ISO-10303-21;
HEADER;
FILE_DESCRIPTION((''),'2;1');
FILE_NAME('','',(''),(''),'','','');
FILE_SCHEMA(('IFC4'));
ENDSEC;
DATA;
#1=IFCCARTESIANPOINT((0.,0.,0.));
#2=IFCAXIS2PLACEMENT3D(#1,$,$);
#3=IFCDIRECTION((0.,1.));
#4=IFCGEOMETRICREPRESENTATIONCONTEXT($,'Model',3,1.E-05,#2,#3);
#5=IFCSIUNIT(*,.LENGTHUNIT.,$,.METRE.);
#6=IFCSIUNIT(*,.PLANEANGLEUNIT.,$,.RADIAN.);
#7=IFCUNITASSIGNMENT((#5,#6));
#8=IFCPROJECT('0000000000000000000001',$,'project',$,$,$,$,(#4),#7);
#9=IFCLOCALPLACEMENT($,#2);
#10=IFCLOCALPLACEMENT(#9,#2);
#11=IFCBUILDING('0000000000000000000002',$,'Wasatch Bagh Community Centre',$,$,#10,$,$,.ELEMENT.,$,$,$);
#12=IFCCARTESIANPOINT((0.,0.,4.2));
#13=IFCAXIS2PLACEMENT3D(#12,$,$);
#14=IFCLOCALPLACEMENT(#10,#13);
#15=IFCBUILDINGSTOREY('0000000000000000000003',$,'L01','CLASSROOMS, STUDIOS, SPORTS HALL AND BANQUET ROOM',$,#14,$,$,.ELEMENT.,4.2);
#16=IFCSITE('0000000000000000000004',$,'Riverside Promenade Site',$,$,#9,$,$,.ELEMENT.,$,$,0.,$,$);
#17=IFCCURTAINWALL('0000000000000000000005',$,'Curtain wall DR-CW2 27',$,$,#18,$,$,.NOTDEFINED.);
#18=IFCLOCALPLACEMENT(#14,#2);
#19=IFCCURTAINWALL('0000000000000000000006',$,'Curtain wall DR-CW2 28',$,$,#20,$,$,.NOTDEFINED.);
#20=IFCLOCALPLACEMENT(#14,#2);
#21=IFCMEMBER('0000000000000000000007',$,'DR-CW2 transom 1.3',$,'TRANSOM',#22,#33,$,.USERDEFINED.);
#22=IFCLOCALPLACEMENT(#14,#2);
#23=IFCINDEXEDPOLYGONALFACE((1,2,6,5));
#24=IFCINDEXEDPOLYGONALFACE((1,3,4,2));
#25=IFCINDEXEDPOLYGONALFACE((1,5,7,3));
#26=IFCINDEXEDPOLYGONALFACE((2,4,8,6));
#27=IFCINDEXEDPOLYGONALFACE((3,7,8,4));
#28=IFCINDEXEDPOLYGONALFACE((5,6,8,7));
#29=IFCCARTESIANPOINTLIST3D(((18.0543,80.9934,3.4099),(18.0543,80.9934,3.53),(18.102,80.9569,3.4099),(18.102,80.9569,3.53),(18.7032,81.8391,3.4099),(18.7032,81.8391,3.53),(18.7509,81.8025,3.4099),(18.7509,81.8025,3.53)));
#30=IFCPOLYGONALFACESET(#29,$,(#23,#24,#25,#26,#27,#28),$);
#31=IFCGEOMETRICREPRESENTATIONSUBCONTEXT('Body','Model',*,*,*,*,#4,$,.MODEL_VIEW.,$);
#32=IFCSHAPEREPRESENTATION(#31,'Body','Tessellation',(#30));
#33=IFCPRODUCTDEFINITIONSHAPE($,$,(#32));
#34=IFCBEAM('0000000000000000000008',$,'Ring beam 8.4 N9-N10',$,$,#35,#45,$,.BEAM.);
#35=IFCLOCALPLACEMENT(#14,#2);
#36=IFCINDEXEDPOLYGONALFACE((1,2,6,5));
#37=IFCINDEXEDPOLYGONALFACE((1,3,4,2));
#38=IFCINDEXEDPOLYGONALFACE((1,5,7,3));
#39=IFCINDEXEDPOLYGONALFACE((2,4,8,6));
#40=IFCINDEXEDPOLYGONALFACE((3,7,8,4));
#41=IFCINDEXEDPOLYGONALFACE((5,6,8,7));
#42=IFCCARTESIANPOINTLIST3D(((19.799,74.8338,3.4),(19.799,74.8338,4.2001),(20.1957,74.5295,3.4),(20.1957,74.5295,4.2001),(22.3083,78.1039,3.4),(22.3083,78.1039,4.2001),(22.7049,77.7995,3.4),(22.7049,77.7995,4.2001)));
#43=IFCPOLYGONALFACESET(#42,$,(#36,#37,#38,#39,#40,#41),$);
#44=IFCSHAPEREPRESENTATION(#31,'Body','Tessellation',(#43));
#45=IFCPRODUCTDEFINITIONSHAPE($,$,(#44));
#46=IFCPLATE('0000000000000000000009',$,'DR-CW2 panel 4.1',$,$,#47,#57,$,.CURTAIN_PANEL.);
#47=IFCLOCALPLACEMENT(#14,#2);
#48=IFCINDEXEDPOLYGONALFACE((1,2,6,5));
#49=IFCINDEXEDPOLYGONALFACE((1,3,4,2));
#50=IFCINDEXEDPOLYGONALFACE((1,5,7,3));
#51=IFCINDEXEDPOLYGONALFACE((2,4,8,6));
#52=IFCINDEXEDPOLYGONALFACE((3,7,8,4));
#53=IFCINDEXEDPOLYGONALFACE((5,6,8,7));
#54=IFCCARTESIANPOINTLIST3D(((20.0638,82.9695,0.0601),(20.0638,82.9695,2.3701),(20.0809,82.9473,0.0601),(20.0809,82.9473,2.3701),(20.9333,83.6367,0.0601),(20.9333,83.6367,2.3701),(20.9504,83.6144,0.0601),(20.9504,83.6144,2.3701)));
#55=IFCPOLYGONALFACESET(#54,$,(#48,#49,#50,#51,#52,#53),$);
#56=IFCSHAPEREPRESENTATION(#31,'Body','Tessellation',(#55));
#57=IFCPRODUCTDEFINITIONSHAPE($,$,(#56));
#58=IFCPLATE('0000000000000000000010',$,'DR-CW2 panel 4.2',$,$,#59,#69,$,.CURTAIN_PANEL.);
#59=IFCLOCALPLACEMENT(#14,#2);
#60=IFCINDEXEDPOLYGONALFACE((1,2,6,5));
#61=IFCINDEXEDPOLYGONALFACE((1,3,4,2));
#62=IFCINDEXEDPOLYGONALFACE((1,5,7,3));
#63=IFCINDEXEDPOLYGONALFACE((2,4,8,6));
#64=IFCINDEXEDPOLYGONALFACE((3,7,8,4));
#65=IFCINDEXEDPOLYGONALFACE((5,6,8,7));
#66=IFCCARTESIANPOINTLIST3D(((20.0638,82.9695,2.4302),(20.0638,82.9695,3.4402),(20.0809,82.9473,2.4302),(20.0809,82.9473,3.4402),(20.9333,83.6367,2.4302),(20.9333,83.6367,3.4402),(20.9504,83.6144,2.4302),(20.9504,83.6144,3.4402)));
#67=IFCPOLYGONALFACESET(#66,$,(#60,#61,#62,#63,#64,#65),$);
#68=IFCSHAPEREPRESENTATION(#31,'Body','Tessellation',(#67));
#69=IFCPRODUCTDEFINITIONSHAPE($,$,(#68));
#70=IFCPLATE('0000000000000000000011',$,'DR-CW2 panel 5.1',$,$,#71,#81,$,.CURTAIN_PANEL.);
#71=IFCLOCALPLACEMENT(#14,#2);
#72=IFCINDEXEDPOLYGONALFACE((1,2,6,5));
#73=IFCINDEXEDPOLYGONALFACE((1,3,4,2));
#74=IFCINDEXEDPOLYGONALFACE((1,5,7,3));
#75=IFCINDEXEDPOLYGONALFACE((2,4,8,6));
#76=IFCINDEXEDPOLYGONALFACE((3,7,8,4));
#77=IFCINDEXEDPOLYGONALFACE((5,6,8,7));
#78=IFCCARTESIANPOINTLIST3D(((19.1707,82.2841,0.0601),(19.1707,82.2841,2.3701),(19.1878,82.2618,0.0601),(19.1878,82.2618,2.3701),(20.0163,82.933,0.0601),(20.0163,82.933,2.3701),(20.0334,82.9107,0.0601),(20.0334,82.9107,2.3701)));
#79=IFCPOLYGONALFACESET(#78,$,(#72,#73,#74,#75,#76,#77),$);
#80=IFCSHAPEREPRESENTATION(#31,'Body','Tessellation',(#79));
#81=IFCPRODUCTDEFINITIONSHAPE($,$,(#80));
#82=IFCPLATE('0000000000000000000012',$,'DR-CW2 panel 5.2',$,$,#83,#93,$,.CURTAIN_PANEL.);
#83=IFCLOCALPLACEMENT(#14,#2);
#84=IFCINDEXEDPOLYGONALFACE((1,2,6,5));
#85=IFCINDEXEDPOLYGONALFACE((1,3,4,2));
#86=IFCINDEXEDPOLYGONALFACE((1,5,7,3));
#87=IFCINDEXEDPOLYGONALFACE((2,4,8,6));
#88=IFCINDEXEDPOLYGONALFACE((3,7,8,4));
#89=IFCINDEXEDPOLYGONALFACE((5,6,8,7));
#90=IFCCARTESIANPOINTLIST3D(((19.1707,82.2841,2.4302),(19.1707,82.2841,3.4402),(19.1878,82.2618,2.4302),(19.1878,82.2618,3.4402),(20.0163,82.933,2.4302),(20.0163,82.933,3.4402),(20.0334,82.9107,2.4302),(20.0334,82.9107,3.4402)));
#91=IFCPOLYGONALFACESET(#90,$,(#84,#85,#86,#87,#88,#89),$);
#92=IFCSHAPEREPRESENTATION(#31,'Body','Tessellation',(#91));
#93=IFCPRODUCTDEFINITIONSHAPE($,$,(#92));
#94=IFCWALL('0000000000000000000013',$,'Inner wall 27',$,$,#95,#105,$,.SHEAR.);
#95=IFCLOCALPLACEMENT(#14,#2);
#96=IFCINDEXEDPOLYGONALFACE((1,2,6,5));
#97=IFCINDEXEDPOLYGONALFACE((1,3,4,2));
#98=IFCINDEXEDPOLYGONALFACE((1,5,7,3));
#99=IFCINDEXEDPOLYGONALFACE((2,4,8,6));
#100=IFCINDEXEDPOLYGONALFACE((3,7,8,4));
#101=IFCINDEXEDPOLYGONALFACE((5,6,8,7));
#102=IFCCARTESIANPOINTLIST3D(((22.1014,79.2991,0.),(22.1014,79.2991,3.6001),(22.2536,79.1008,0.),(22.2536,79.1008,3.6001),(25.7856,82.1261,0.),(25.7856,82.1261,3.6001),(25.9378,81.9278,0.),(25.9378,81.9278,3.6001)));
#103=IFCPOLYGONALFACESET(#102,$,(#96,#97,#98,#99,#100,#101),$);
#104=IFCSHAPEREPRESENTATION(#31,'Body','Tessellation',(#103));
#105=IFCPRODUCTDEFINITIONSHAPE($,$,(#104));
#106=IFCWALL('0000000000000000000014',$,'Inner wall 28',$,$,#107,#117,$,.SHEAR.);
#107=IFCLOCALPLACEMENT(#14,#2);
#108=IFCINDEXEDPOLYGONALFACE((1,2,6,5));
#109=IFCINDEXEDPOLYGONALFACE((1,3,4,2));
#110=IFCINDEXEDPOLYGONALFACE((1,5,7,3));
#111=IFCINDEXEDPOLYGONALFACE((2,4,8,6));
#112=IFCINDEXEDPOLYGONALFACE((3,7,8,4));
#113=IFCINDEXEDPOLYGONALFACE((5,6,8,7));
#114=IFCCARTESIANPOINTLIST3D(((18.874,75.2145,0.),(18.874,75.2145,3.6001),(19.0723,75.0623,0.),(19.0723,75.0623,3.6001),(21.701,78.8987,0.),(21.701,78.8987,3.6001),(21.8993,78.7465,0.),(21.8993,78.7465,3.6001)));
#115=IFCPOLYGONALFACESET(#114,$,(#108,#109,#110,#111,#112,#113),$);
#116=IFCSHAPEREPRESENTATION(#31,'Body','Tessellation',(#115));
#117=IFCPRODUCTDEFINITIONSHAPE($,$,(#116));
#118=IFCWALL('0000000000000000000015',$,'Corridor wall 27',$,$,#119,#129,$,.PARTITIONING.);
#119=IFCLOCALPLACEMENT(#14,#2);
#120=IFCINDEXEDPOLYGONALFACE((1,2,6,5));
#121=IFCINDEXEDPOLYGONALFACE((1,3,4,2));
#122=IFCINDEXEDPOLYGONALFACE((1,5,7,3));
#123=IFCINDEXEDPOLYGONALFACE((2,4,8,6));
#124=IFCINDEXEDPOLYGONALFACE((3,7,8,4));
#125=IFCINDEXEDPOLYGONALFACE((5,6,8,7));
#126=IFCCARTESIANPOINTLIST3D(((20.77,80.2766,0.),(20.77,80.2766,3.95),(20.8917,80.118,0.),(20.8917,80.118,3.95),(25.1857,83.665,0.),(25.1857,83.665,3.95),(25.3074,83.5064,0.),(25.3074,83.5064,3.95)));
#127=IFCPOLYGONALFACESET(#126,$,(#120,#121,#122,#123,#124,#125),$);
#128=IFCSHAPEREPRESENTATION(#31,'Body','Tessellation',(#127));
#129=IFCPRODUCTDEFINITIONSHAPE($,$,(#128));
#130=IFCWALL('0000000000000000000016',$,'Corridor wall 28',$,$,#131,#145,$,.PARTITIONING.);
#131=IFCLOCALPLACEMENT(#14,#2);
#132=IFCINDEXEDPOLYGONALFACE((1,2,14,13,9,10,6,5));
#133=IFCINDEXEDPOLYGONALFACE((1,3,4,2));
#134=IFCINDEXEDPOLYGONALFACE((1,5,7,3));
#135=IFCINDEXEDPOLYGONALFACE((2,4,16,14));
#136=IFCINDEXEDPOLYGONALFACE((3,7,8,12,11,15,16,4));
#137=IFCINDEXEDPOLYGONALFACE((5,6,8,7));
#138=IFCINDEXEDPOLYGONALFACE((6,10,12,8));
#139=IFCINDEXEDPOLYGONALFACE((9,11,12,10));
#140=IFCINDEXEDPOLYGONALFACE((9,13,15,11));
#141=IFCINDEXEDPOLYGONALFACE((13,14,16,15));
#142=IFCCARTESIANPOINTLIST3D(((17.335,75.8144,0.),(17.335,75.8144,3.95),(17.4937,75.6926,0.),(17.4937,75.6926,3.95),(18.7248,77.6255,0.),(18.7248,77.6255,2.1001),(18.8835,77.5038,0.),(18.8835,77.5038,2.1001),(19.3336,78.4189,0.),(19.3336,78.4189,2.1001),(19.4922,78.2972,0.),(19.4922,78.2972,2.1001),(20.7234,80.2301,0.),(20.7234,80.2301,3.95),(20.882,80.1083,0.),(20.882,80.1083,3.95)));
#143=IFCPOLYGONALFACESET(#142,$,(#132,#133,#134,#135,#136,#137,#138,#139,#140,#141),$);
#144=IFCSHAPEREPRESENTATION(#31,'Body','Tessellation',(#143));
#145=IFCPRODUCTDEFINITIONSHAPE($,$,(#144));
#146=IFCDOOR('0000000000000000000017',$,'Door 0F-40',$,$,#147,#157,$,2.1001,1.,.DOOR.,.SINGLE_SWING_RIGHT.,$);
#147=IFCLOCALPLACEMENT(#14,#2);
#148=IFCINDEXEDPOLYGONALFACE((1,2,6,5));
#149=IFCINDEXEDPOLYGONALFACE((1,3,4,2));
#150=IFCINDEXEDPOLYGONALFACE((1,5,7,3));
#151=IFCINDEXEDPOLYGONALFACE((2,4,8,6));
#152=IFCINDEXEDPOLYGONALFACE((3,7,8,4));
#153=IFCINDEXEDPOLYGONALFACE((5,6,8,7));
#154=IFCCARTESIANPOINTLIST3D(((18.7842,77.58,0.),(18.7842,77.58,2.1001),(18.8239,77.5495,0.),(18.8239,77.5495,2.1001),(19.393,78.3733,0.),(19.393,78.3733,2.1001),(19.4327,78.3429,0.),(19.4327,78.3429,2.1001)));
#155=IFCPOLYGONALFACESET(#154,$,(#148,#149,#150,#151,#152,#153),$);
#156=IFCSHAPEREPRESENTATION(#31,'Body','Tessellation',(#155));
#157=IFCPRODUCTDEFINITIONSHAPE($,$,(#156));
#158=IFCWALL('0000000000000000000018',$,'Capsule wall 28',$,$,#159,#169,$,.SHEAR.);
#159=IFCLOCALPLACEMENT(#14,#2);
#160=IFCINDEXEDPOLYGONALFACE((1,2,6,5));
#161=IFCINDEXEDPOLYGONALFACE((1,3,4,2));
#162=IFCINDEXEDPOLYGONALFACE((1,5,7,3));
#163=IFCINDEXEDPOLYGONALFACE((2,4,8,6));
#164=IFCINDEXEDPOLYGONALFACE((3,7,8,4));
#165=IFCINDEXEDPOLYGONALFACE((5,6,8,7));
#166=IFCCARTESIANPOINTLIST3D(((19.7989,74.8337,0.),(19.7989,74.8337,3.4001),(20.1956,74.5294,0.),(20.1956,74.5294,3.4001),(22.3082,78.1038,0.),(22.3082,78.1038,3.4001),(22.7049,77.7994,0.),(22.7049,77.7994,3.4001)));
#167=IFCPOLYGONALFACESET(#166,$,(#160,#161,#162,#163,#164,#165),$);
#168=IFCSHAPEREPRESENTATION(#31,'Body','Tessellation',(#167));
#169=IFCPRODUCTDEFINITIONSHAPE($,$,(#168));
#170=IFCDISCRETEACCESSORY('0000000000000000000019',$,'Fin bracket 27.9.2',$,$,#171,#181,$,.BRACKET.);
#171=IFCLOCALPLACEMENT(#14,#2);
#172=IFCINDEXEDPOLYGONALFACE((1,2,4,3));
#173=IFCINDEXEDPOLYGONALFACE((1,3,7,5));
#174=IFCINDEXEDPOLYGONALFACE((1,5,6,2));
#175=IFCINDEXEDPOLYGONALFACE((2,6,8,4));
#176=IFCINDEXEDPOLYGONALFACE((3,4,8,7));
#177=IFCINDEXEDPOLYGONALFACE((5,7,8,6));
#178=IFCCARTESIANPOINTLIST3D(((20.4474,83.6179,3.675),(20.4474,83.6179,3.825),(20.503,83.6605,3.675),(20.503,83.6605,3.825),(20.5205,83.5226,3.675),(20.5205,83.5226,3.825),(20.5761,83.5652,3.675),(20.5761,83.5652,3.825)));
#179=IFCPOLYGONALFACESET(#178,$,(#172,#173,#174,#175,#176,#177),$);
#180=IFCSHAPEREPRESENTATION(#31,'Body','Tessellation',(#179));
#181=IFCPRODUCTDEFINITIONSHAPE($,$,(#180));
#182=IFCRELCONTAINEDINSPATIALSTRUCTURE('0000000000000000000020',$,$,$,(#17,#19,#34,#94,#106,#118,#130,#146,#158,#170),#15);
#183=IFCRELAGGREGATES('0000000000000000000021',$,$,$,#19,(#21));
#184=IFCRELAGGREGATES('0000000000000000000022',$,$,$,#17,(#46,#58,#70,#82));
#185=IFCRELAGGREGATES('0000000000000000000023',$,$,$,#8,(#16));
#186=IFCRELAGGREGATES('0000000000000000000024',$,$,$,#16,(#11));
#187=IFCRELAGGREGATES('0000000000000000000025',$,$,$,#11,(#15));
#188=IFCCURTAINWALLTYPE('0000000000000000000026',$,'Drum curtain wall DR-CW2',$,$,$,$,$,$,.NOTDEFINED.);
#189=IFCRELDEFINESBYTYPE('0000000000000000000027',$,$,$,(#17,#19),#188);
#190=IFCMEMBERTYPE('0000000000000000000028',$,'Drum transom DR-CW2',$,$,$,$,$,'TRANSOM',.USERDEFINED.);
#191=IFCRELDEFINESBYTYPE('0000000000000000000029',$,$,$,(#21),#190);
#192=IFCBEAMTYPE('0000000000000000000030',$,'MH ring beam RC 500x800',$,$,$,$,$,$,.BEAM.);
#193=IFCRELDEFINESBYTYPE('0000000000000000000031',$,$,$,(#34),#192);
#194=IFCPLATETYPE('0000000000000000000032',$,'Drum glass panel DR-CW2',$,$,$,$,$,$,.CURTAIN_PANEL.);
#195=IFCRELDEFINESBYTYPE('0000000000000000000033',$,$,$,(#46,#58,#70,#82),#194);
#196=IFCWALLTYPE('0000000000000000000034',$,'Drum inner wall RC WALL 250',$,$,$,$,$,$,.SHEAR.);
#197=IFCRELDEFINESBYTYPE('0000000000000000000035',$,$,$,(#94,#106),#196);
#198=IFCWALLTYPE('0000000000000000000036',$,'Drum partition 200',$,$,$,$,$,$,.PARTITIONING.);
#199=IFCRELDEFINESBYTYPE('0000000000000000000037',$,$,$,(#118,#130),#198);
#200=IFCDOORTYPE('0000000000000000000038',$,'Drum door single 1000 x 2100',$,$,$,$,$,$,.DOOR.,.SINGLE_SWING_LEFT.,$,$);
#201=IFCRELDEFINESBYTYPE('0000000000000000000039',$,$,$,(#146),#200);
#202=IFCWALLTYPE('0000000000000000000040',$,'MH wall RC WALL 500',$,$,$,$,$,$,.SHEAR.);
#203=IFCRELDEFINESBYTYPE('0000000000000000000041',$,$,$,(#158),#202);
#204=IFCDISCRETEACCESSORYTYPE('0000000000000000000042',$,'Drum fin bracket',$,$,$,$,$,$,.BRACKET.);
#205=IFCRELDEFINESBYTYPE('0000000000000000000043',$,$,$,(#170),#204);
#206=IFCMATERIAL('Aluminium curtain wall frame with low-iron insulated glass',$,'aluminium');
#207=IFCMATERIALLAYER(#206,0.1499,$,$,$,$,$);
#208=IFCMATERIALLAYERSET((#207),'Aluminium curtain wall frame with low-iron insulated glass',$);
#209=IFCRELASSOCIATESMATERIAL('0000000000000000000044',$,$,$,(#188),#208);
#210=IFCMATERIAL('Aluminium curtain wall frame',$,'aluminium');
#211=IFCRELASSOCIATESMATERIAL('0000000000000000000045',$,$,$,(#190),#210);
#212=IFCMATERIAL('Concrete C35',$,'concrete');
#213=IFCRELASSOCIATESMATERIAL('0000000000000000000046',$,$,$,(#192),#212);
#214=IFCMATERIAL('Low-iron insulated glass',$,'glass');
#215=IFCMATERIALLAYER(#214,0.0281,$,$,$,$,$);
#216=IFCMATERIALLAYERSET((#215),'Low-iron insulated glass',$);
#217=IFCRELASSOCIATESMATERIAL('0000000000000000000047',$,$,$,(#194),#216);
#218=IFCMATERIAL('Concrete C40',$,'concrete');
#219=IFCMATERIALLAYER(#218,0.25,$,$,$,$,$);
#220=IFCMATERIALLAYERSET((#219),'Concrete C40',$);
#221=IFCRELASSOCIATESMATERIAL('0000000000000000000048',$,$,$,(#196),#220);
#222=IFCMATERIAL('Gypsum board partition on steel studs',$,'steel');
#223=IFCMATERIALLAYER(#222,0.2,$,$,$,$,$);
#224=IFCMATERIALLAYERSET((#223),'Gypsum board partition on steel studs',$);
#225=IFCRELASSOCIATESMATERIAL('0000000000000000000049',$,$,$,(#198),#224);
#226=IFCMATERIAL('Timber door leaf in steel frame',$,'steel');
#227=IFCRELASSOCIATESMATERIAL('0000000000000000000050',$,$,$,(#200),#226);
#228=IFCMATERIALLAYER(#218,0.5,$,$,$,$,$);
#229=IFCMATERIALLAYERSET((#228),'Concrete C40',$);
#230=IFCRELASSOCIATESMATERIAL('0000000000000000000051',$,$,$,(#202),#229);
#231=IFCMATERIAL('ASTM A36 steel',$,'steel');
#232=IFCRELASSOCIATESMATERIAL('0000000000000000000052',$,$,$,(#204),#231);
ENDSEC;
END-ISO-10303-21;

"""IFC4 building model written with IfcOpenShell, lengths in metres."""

from ifc_helpers import new_model, si_unit, direction, frame, frame_2d, origin, origin_2d, place, context, subcontext, project, spatial, rectangle, extrude, material, layer, layer_set, material_profile, profile_set, type_object, element, fill, aggregate, save


model = new_model("IFC4")

# Units and contexts
model_context = context("Model", 3, precision=1e-05, world=origin(), true_north=direction((0.0, 1.0)))
body_context = subcontext(model_context, "Body", "Model", "MODEL_VIEW")
ifc_project = project(units=[si_unit("LENGTHUNIT", "METRE"), si_unit("PLANEANGLEUNIT", "RADIAN")], contexts=[model_context])

# Site, building, storey
site_placement = place(None, origin())
site = spatial("IfcSite", under=ifc_project, at=site_placement, Name="Riverside Promenade Site", CompositionType="ELEMENT", RefElevation=0.0)
building_placement = place(site_placement, origin())
building = spatial("IfcBuilding", under=site, at=building_placement, Name="Wasatch Bagh Community Centre", CompositionType="ELEMENT")
storey_placement = place(building_placement, frame((0.0, 0.0, 4.2)))
storey = spatial("IfcBuildingStorey", under=building, at=storey_placement, Name="L01", Description="CLASSROOMS, STUDIOS, SPORTS HALL AND BANQUET ROOM", CompositionType="ELEMENT", Elevation=4.2)

# Shared definitions
ifc_material_1 = material(Name="Concrete C40", Category="concrete")

# Curtain wall
ifc_material_2 = material(Name="Aluminium curtain wall frame with low-iron insulated glass", Category="aluminium")
ifc_layer_1 = layer(ifc_material_2, 0.1499)
ifc_layer_set_1 = layer_set([ifc_layer_1], Name="Aluminium curtain wall frame with low-iron insulated glass")
curtain_wall_type = type_object("IfcCurtainWallType", Name="Drum curtain wall DR-CW2", PredefinedType="NOTDEFINED", material=ifc_layer_set_1)
curtain_wall_1_placement = place(storey_placement, origin())
curtain_wall_1 = element("IfcCurtainWall", 1, at=curtain_wall_1_placement, inside=storey, type_object=curtain_wall_type, Name="Curtain wall DR-CW2 27", PredefinedType="NOTDEFINED")
ifc_material_3 = material(Name="Aluminium curtain wall frame", Category="aluminium")

# Curtain wall
curtain_wall_2_placement = place(storey_placement, origin())
curtain_wall_2 = element("IfcCurtainWall", 2, at=curtain_wall_2_placement, inside=storey, type_object=curtain_wall_type, Name="Curtain wall DR-CW2 28", PredefinedType="NOTDEFINED")

# Shared definitions
ifc_material_4 = material(Name="Concrete C35", Category="concrete")

# Member
ifc_material_profile_1 = material_profile(ifc_material_3, rectangle(XDim=0.0601, YDim=0.1201, at=origin_2d()), Name="Drum transom DR-CW2")
ifc_profile_set_1 = profile_set([ifc_material_profile_1], Name="Aluminium curtain wall frame")
member_type_1 = type_object("IfcMemberType", Name="Drum transom DR-CW2", ElementType="TRANSOM", PredefinedType="USERDEFINED", material=ifc_profile_set_1)
member_1_placement = place(storey_placement, frame((18.7271, 81.8208, 3.47), z_axis=(-0.608758, -0.793356, 0.0), x_axis=(0.793356, -0.608758, 0.0)))
member_1 = element("IfcMember", 3, at=member_1_placement, type_object=member_type_1, Name="DR-CW2 transom 1.3", ObjectType="TRANSOM", PredefinedType="USERDEFINED", context=body_context, shape_type="SweptSolid", body=[
    extrude(rectangle(XDim=0.0601, YDim=0.1201, at=origin_2d()), origin(), (0.0, 0.0, 1.0), 1.0659),
])
aggregate(curtain_wall_2, [member_1])

# Beam
ifc_material_profile_2 = material_profile(ifc_material_4, rectangle(XDim=0.5, YDim=0.8, at=origin_2d()), Name="RC 500x800")
ifc_profile_set_2 = profile_set([ifc_material_profile_2], Name="Concrete C35")
beam_type_1 = type_object("IfcBeamType", Name="MH ring beam RC 500x800", PredefinedType="BEAM", material=ifc_profile_set_2)
beam_1_placement = place(storey_placement, frame((22.5066, 77.9517, 3.8), z_axis=(-0.608777, -0.793341, 0.0), x_axis=(0.793341, -0.608777, 0.0)))
element("IfcBeam", 4, at=beam_1_placement, inside=storey, type_object=beam_type_1, Name="Ring beam 8.4 N9-N10", PredefinedType="BEAM", context=body_context, shape_type="SweptSolid", body=[
    extrude(rectangle(XDim=0.5, YDim=0.8, at=origin_2d()), origin(), (0.0, 0.0, 1.0), 4.1218),
])

# Plates
ifc_material_5 = material(Name="Low-iron insulated glass", Category="glass")
ifc_layer_2 = layer(ifc_material_5, 0.0281)
ifc_layer_set_2 = layer_set([ifc_layer_2], Name="Low-iron insulated glass")
plate_type = type_object("IfcPlateType", Name="Drum glass panel DR-CW2", PredefinedType="CURTAIN_PANEL", material=ifc_layer_set_2)
plate_1_placement = place(storey_placement, frame((20.5071, 83.292, 0.0601), z_axis=(0.0, 0.0, 1.0), x_axis=(-0.793353, -0.608761, 0.0)))
plate_1 = element("IfcPlate", 5, at=plate_1_placement, type_object=plate_type, Name="DR-CW2 panel 4.1", PredefinedType="CURTAIN_PANEL", context=body_context, shape_type="SweptSolid", body=[
    extrude(rectangle(XDim=1.0959, YDim=0.0281, at=origin_2d()), origin(), (0.0, 0.0, 1.0), 2.3101),
])
plate_2_placement = place(storey_placement, frame((20.5071, 83.292, 2.4302), z_axis=(0.0, 0.0, 1.0), x_axis=(-0.793353, -0.608761, 0.0)))
plate_2 = element("IfcPlate", 6, at=plate_2_placement, type_object=plate_type, Name="DR-CW2 panel 4.2", PredefinedType="CURTAIN_PANEL", context=body_context, shape_type="SweptSolid", body=[
    extrude(rectangle(XDim=1.0959, YDim=0.0281, at=origin_2d()), origin(), (0.0, 0.0, 1.0), 1.01),
])
plate_3_placement = place(storey_placement, frame((19.6021, 82.5974, 0.0601), z_axis=(0.0, 0.0, 1.0), x_axis=(-0.793353, -0.608761, 0.0)))
plate_3 = element("IfcPlate", 7, at=plate_3_placement, type_object=plate_type, Name="DR-CW2 panel 5.1", PredefinedType="CURTAIN_PANEL", context=body_context, shape_type="SweptSolid", body=[
    extrude(rectangle(XDim=1.0659, YDim=0.0281, at=origin_2d()), origin(), (0.0, 0.0, 1.0), 2.3101),
])
plate_4_placement = place(storey_placement, frame((19.6021, 82.5974, 2.4302), z_axis=(0.0, 0.0, 1.0), x_axis=(-0.793353, -0.608761, 0.0)))
plate_4 = element("IfcPlate", 8, at=plate_4_placement, type_object=plate_type, Name="DR-CW2 panel 5.2", PredefinedType="CURTAIN_PANEL", context=body_context, shape_type="SweptSolid", body=[
    extrude(rectangle(XDim=1.0659, YDim=0.0281, at=origin_2d()), origin(), (0.0, 0.0, 1.0), 1.01),
])
aggregate(curtain_wall_1, [plate_1, plate_2, plate_3, plate_4])

# Walls
ifc_layer_3 = layer(ifc_material_1, 0.25)
ifc_layer_set_3 = layer_set([ifc_layer_3], Name="Concrete C40")
wall_type_1 = type_object("IfcWallType", Name="Drum inner wall RC WALL 250", PredefinedType="SHEAR", material=ifc_layer_set_3)
for number, where, z_axis, x_axis, name in (
    (9, (25.8616, 82.0269, 0.0), (0.0, 0.0, 1.0), (-0.793352, -0.608763, 0.0), "Inner wall 27"),
    (10, (21.8, 78.8225, 0.0), (0.0, 0.0, 1.0), (-0.608763, -0.793352, 0.0), "Inner wall 28"),
):
    element("IfcWall", number, at=place(storey_placement, frame(where, z_axis=z_axis, x_axis=x_axis)), inside=storey, type_object=wall_type_1, Name=name, PredefinedType="SHEAR", context=body_context, shape_type="SweptSolid", body=[
        extrude(rectangle(XDim=4.6438, YDim=0.25, at=frame_2d((2.3218, 0.0))), origin(), (0.0, 0.0, 1.0), 3.6001),
    ])
ifc_material_6 = material(Name="Gypsum board partition on steel studs", Category="steel")
ifc_layer_4 = layer(ifc_material_6, 0.2)
ifc_layer_set_4 = layer_set([ifc_layer_4], Name="Gypsum board partition on steel studs")
wall_type_2 = type_object("IfcWallType", Name="Drum partition 200", PredefinedType="PARTITIONING", material=ifc_layer_set_4)
wall_1_placement = place(storey_placement, frame((25.2466, 83.5857, 0.0), z_axis=(0.0, 0.0, 1.0), x_axis=(-0.793346, -0.608771, 0.0)))
element("IfcWall", 11, at=wall_1_placement, inside=storey, type_object=wall_type_2, Name="Corridor wall 27", PredefinedType="PARTITIONING", context=body_context, shape_type="SweptSolid", body=[
    extrude(rectangle(XDim=5.5659, YDim=0.2, at=frame_2d((2.783, 0.0))), origin(), (0.0, 0.0, 1.0), 3.95),
])

# Wall, opening, door
wall_2_placement = place(storey_placement, frame((20.8027, 80.1692, 0.0), z_axis=(0.0, 0.0, 1.0), x_axis=(-0.608771, -0.793346, 0.0)))
wall_2 = element("IfcWall", 12, at=wall_2_placement, inside=storey, type_object=wall_type_2, Name="Corridor wall 28", PredefinedType="PARTITIONING", context=body_context, shape_type="SweptSolid", body=[
    extrude(rectangle(XDim=5.5659, YDim=0.2, at=frame_2d((2.783, 0.0))), origin(), (0.0, 0.0, 1.0), 3.95),
])
opening_placement = place(wall_2_placement, frame((2.283, 0.0, 0.0)))
opening = element("IfcOpeningElement", 13, at=opening_placement, cuts=wall_2, PredefinedType="OPENING", context=body_context, shape_type="SweptSolid", body=[
    extrude(rectangle(XDim=1.0, YDim=2.1001, at=frame_2d((0.5, 1.05))), frame((0.0, 0.1099, 0.0), z_axis=(0.0, -1.0, 0.0), x_axis=(1.0, 0.0, 0.0)), (0.0, 0.0, 1.0), 0.22),
])
ifc_material_7 = material(Name="Timber door leaf in steel frame", Category="steel")
door_type = type_object("IfcDoorType", Name="Drum door single 1000 x 2100", OperationType="SINGLE_SWING_LEFT", PredefinedType="DOOR", material=ifc_material_7)
door_placement = place(opening_placement, origin())
door = element("IfcDoor", 14, at=door_placement, inside=storey, type_object=door_type, Name="Door 0F-40", OperationType="SINGLE_SWING_RIGHT", OverallHeight=2.1001, OverallWidth=1.0, PredefinedType="DOOR", context=body_context, shape_type="SweptSolid", body=[
    extrude(rectangle(XDim=1.0, YDim=2.1001, at=frame_2d((0.5, 1.05))), frame((0.0, 0.0249, 0.0), z_axis=(0.0, -1.0, 0.0), x_axis=(1.0, 0.0, 0.0)), (0.0, 0.0, 1.0), 0.05),
])
fill(opening, door)

# Wall
ifc_layer_5 = layer(ifc_material_1, 0.5)
ifc_layer_set_5 = layer_set([ifc_layer_5], Name="Concrete C40")
wall_type_3 = type_object("IfcWallType", Name="MH wall RC WALL 500", PredefinedType="SHEAR", material=ifc_layer_set_5)
wall_3_placement = place(storey_placement, frame((22.5066, 77.9517, 0.0), z_axis=(0.0, 0.0, 1.0), x_axis=(-0.608777, -0.793341, 0.0)))
element("IfcWall", 15, at=wall_3_placement, inside=storey, type_object=wall_type_3, Name="Capsule wall 28", PredefinedType="SHEAR", context=body_context, shape_type="SweptSolid", body=[
    extrude(rectangle(XDim=4.1218, YDim=0.5, at=frame_2d((2.061, 0.0))), origin(), (0.0, 0.0, 1.0), 3.4001),
])

# Discrete accessory
ifc_material_8 = material(Name="ASTM A36 steel", Category="steel")
discrete_accessory_type = type_object("IfcDiscreteAccessoryType", Name="Drum fin bracket", PredefinedType="BRACKET", material=ifc_material_8)
for number, where, z_axis, x_axis, name in (
    (16, (20.5117, 83.5916, 3.675), (0.0, 0.0, 1.0), (-0.793353, -0.608761, 0.0), "Fin bracket 27.9.2"),
):
    element("IfcDiscreteAccessory", number, at=place(storey_placement, frame(where, z_axis=z_axis, x_axis=x_axis)), inside=storey, type_object=discrete_accessory_type, Name=name, PredefinedType="BRACKET", context=body_context, shape_type="SweptSolid", body=[
        extrude(rectangle(XDim=0.0701, YDim=0.1201, at=origin_2d()), origin(), (0.0, 0.0, 1.0), 0.1499),
    ])

save(model, "model.ifc")
